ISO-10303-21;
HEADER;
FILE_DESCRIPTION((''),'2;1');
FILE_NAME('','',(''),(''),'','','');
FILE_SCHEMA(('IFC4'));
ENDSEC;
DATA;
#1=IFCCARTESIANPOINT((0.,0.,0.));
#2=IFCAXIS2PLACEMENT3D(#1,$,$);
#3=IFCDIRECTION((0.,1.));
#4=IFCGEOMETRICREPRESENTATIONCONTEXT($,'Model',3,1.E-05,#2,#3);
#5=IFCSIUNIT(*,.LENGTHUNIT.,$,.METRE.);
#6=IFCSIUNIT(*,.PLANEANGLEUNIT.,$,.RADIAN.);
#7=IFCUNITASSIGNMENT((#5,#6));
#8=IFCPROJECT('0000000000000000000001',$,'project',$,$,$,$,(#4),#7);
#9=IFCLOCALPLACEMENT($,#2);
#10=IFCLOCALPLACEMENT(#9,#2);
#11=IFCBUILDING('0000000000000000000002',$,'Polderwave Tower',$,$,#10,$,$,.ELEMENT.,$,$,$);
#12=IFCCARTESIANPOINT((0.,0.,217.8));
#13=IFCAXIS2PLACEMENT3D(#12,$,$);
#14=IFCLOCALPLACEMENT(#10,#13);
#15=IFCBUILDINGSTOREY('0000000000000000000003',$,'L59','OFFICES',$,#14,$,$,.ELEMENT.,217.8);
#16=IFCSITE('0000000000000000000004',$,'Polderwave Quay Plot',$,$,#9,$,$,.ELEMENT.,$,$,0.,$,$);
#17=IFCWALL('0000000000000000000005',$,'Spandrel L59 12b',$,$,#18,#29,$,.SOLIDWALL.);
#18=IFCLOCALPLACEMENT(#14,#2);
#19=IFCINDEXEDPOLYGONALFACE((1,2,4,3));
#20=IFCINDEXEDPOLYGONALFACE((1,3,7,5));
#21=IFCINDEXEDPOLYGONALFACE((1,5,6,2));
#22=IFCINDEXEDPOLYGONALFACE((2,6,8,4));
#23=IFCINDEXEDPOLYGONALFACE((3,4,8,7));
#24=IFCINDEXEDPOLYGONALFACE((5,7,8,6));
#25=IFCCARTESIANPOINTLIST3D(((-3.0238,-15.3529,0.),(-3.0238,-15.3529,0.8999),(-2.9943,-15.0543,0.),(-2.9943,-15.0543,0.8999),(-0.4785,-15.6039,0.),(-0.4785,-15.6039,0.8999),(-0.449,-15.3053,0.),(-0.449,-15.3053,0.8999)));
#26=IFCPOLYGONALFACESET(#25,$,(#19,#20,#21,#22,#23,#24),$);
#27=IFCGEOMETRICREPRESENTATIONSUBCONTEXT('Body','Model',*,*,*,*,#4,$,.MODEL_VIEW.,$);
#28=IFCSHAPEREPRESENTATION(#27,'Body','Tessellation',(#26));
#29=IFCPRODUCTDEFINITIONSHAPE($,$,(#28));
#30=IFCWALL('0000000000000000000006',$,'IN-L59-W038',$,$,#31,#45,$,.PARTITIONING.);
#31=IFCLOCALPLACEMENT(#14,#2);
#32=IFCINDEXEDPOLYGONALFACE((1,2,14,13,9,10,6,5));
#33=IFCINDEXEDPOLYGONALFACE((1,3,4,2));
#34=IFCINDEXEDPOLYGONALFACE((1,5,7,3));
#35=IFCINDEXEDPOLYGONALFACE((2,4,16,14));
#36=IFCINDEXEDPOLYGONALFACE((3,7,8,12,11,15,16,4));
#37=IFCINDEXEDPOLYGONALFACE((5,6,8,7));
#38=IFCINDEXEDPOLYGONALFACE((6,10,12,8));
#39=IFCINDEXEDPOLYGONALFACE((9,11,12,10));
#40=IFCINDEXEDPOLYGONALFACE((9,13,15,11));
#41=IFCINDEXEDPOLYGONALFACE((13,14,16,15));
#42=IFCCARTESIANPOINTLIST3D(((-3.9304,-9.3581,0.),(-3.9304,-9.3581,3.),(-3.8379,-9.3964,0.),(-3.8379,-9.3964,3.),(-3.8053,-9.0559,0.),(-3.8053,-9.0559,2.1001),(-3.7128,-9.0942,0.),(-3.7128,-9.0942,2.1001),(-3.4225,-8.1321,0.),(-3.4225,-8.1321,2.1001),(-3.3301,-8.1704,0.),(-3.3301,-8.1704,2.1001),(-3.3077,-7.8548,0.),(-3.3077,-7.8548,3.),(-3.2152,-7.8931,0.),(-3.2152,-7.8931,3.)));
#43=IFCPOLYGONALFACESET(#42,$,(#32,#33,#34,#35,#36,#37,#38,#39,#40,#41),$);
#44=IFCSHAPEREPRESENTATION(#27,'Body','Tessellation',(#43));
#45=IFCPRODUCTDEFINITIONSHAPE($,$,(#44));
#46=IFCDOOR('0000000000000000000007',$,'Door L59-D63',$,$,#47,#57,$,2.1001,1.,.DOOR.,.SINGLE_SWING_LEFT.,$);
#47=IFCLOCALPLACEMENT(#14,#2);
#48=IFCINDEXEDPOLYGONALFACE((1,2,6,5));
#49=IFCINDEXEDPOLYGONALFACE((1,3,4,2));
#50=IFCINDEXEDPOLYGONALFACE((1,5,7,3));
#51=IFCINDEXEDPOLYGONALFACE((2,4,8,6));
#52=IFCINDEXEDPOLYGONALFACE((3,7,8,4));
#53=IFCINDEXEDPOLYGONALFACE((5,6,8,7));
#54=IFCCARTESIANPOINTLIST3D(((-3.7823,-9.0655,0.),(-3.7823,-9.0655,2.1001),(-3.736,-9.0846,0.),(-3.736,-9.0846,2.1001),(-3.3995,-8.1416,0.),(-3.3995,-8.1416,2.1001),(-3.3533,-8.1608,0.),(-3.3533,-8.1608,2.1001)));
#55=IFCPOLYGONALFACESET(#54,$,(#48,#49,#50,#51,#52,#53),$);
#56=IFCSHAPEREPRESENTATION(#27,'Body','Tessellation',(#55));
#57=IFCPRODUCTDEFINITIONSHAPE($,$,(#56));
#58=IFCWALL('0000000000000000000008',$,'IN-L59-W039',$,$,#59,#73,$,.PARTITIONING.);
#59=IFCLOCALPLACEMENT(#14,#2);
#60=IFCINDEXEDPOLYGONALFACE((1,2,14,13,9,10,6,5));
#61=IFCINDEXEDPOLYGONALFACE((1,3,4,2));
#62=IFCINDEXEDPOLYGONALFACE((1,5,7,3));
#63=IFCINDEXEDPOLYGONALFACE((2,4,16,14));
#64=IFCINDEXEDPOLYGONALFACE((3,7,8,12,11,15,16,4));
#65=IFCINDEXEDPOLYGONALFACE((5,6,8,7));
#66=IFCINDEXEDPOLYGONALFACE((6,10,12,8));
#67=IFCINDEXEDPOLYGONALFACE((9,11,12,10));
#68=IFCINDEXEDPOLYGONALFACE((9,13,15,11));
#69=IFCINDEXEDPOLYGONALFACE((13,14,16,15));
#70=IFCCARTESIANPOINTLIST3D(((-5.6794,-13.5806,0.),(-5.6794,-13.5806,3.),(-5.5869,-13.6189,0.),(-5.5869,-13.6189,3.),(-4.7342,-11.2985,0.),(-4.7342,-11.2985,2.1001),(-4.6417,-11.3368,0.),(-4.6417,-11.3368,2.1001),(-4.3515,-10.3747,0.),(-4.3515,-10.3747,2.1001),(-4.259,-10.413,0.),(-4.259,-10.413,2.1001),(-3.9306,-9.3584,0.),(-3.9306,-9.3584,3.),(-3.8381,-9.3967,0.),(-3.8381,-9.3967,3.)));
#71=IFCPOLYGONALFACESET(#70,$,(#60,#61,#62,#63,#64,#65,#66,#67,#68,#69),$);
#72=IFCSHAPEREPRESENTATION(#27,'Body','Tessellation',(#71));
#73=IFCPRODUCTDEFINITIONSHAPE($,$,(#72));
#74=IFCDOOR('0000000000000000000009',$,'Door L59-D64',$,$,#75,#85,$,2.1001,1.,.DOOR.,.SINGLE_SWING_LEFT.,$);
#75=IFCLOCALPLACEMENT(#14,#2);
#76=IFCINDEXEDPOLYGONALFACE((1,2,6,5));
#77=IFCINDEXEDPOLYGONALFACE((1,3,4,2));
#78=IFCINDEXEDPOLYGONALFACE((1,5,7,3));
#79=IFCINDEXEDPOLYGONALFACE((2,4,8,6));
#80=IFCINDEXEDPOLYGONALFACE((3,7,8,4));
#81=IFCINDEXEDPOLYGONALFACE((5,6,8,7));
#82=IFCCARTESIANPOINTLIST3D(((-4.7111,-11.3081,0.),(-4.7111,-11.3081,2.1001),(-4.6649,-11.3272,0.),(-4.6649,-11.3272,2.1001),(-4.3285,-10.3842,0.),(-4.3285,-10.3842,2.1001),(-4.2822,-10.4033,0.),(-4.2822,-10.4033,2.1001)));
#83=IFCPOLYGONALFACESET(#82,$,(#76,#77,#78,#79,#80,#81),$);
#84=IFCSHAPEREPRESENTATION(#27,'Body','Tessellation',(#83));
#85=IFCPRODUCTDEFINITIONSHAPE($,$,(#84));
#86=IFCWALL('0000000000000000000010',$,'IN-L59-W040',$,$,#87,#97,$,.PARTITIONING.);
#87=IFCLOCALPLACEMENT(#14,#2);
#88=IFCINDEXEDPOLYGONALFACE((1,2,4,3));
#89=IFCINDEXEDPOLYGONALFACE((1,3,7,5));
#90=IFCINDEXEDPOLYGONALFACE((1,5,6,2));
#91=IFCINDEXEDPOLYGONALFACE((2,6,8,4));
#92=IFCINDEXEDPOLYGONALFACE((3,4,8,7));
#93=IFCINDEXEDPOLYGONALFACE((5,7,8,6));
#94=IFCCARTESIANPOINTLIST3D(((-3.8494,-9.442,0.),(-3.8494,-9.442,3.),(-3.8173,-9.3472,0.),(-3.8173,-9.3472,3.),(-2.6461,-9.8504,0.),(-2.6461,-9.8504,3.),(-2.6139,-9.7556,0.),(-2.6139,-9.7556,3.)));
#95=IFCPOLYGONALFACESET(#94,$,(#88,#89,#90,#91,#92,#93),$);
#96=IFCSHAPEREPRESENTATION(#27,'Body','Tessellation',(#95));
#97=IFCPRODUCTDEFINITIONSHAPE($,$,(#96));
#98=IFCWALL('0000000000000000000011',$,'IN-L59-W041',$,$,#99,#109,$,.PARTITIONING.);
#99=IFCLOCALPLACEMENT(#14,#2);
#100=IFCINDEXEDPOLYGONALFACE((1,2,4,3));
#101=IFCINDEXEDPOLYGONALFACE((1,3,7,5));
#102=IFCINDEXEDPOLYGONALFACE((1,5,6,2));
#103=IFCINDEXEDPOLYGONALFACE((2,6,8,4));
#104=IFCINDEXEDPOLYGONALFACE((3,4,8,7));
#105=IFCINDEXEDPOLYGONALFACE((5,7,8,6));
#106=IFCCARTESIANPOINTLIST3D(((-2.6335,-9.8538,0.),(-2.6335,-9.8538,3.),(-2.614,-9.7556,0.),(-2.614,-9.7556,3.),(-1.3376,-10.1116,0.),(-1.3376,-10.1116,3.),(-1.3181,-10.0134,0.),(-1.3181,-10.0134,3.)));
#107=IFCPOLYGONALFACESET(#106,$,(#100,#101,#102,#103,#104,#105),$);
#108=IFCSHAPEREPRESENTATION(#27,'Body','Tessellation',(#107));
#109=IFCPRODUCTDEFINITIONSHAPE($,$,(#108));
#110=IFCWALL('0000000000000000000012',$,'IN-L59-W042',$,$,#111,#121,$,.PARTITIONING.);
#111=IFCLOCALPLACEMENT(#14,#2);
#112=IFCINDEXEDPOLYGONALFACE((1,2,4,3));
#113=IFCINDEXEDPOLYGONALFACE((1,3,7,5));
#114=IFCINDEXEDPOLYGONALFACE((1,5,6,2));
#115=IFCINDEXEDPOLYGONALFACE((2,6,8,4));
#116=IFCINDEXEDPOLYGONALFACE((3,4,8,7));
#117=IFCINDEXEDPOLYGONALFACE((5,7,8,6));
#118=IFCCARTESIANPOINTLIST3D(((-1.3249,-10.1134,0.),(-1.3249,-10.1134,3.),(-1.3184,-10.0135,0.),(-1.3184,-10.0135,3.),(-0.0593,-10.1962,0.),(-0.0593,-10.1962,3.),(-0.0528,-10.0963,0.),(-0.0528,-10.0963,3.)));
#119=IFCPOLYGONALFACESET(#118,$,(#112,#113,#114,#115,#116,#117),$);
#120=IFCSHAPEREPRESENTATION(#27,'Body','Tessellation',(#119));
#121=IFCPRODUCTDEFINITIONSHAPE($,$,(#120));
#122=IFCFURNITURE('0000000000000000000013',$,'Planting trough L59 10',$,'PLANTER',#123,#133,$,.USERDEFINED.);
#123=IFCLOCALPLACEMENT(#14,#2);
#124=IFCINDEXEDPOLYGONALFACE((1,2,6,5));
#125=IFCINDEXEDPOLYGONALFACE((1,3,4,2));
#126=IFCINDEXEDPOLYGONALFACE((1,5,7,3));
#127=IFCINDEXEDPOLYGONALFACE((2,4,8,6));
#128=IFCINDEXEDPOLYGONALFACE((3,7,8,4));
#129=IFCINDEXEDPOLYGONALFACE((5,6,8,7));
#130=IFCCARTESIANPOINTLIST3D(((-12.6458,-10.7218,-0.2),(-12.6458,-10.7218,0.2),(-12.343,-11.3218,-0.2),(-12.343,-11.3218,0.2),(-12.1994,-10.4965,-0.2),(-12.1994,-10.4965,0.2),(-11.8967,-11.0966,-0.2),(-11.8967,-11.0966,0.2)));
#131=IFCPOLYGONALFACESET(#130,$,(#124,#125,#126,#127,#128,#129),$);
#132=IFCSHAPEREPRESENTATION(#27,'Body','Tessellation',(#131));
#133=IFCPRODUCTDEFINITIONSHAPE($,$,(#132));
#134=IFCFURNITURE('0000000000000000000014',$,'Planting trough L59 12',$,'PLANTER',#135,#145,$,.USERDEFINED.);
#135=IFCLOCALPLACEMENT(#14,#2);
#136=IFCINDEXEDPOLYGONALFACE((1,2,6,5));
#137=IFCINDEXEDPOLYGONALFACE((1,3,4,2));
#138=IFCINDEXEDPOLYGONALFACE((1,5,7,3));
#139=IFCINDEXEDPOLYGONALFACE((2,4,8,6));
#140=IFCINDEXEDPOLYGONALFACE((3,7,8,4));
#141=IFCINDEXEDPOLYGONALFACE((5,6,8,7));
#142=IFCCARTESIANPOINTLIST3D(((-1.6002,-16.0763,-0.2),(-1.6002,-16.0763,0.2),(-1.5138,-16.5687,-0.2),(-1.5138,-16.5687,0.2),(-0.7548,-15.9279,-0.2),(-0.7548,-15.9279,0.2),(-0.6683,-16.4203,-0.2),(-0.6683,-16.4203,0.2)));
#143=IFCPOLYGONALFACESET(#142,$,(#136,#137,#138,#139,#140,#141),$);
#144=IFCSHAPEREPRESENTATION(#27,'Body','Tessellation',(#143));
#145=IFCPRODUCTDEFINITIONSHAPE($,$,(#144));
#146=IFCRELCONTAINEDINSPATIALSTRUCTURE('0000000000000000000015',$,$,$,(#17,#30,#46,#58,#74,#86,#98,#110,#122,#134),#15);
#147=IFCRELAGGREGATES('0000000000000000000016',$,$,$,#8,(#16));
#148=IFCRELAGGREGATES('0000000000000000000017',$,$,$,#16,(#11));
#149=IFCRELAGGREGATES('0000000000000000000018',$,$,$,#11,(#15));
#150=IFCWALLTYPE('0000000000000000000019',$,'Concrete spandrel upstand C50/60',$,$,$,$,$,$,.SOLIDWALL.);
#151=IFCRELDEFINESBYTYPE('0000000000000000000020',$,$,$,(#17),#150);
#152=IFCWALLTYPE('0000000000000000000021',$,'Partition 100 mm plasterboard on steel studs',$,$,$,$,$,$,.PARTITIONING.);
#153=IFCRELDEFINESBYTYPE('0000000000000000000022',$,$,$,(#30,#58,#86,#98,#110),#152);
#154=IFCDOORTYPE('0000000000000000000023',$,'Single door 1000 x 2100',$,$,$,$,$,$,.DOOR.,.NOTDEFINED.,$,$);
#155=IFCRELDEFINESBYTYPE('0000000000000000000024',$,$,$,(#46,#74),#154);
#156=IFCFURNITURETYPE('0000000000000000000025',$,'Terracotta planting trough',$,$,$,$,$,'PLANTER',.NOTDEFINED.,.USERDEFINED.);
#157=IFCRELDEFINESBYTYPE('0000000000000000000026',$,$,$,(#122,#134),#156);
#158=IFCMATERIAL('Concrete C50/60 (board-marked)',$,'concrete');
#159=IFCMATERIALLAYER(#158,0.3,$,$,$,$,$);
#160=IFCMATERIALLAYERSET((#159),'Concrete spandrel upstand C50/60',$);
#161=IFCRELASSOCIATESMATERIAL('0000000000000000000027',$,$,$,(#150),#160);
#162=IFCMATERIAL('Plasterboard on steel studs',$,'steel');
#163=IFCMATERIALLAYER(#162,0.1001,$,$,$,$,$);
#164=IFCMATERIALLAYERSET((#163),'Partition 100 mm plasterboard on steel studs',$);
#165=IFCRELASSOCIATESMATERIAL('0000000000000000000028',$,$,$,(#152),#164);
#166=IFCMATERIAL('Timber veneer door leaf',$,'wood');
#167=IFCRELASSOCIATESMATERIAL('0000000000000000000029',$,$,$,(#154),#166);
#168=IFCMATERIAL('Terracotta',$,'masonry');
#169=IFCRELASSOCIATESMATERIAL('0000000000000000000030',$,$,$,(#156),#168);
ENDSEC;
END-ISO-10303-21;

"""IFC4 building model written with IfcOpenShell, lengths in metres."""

from ifc_helpers import new_model, si_unit, direction, frame, frame_2d, origin, origin_2d, place, context, subcontext, project, spatial, rectangle, extrude, material, layer, layer_set, type_object, element, fill, save


model = new_model("IFC4")

# Units and contexts
model_context = context("Model", 3, precision=1e-05, world=origin(), true_north=direction((0.0, 1.0)))
body_context = subcontext(model_context, "Body", "Model", "MODEL_VIEW")
ifc_project = project(units=[si_unit("LENGTHUNIT", "METRE"), si_unit("PLANEANGLEUNIT", "RADIAN")], contexts=[model_context])

# Site, building, storey
site_placement = place(None, origin())
site = spatial("IfcSite", under=ifc_project, at=site_placement, Name="Polderwave Quay Plot", CompositionType="ELEMENT", RefElevation=0.0)
building_placement = place(site_placement, origin())
building = spatial("IfcBuilding", under=site, at=building_placement, Name="Polderwave Tower", CompositionType="ELEMENT")
storey_placement = place(building_placement, frame((0.0, 0.0, 217.8)))
storey = spatial("IfcBuildingStorey", under=building, at=storey_placement, Name="L59", Description="OFFICES", CompositionType="ELEMENT", Elevation=217.8)

# Wall
ifc_material_1 = material(Name="Concrete C50/60 (board-marked)", Category="concrete")
ifc_layer_1 = layer(ifc_material_1, 0.3)
ifc_layer_set_1 = layer_set([ifc_layer_1], Name="Concrete spandrel upstand C50/60")
wall_type_1 = type_object("IfcWallType", Name="Concrete spandrel upstand C50/60", PredefinedType="SOLIDWALL", material=ifc_layer_set_1)
wall_1_placement = place(storey_placement, frame((-3.009, -15.2036, 0.0), z_axis=(0.0, 0.0, 1.0), x_axis=(0.995173, -0.098133, 0.0)))
element("IfcWall", 1, at=wall_1_placement, inside=storey, type_object=wall_type_1, Name="Spandrel L59 12b", PredefinedType="SOLIDWALL", context=body_context, shape_type="SweptSolid", body=[
    extrude(rectangle(XDim=2.5576, YDim=0.3, at=frame_2d((1.2788, 0.0))), origin(), (0.0, 0.0, 1.0), 0.8999),
])

# Walls, openings, doors
ifc_material_2 = material(Name="Plasterboard on steel studs", Category="steel")
ifc_layer_2 = layer(ifc_material_2, 0.1001)
ifc_layer_set_2 = layer_set([ifc_layer_2], Name="Partition 100 mm plasterboard on steel studs")
wall_type_2 = type_object("IfcWallType", Name="Partition 100 mm plasterboard on steel studs", PredefinedType="PARTITIONING", material=ifc_layer_set_2)
wall_2_placement = place(storey_placement, frame((-3.2615, -7.874, 0.0), z_axis=(0.0, 0.0, 1.0), x_axis=(-0.382718, -0.923865, 0.0)))
wall_2 = element("IfcWall", 2, at=wall_2_placement, inside=storey, type_object=wall_type_2, Name="IN-L59-W038", PredefinedType="PARTITIONING", context=body_context, shape_type="SweptSolid", body=[
    extrude(rectangle(XDim=1.6272, YDim=0.1001, at=frame_2d((0.8135, 0.0))), origin(), (0.0, 0.0, 1.0), 3.0),
])
opening_1_placement = place(wall_2_placement, frame((0.3, 0.0, 0.0)))
opening_1 = element("IfcOpeningElement", 3, at=opening_1_placement, cuts=wall_2, PredefinedType="OPENING", context=body_context, shape_type="SweptSolid", body=[
    extrude(rectangle(XDim=1.0, YDim=2.1001, at=frame_2d((0.5, 1.05))), frame((0.0, 0.0601, 0.0), z_axis=(0.0, -1.0, 0.0), x_axis=(1.0, 0.0, 0.0)), (0.0, 0.0, 1.0), 0.1201),
])
ifc_material_3 = material(Name="Timber veneer door leaf", Category="wood")
door_type = type_object("IfcDoorType", Name="Single door 1000 x 2100", OperationType="NOTDEFINED", PredefinedType="DOOR", material=ifc_material_3)
door_1_placement = place(opening_1_placement, origin())
door_1 = element("IfcDoor", 4, at=door_1_placement, inside=storey, type_object=door_type, Name="Door L59-D63", OperationType="SINGLE_SWING_LEFT", OverallHeight=2.1001, OverallWidth=1.0, PredefinedType="DOOR", context=body_context, shape_type="SweptSolid", body=[
    extrude(rectangle(XDim=1.0, YDim=2.1001, at=frame_2d((0.5, 1.05))), frame((0.0, 0.0249, 0.0), z_axis=(0.0, -1.0, 0.0), x_axis=(1.0, 0.0, 0.0)), (0.0, 0.0, 1.0), 0.05),
])
fill(opening_1, door_1)
wall_3_placement = place(storey_placement, frame((-3.8843, -9.3774, 0.0), z_axis=(0.0, 0.0, 1.0), x_axis=(-0.382665, -0.923887, 0.0)))
wall_3 = element("IfcWall", 5, at=wall_3_placement, inside=storey, type_object=wall_type_2, Name="IN-L59-W039", PredefinedType="PARTITIONING", context=body_context, shape_type="SweptSolid", body=[
    extrude(rectangle(XDim=4.5701, YDim=0.1001, at=frame_2d((2.2852, 0.0))), origin(), (0.0, 0.0, 1.0), 3.0),
])
opening_2_placement = place(wall_3_placement, frame((1.1001, 0.0, 0.0)))
opening_2 = element("IfcOpeningElement", 6, at=opening_2_placement, cuts=wall_3, PredefinedType="OPENING", context=body_context, shape_type="SweptSolid", body=[
    extrude(rectangle(XDim=1.0, YDim=2.1001, at=frame_2d((0.5, 1.05))), frame((0.0, 0.0601, 0.0), z_axis=(0.0, -1.0, 0.0), x_axis=(1.0, 0.0, 0.0)), (0.0, 0.0, 1.0), 0.1201),
])
door_2_placement = place(opening_2_placement, origin())
door_2 = element("IfcDoor", 7, at=door_2_placement, inside=storey, type_object=door_type, Name="Door L59-D64", OperationType="SINGLE_SWING_LEFT", OverallHeight=2.1001, OverallWidth=1.0, PredefinedType="DOOR", context=body_context, shape_type="SweptSolid", body=[
    extrude(rectangle(XDim=1.0, YDim=2.1001, at=frame_2d((0.5, 1.05))), frame((0.0, 0.0249, 0.0), z_axis=(0.0, -1.0, 0.0), x_axis=(1.0, 0.0, 0.0)), (0.0, 0.0, 1.0), 0.05),
])
fill(opening_2, door_2)

# Walls
wall_4_placement = place(storey_placement, frame((-2.6301, -9.803, 0.0), z_axis=(0.0, 0.0, 1.0), x_axis=(-0.94694, 0.32141, 0.0)))
element("IfcWall", 8, at=wall_4_placement, inside=storey, type_object=wall_type_2, Name="IN-L59-W040", PredefinedType="PARTITIONING", context=body_context, shape_type="SweptSolid", body=[
    extrude(rectangle(XDim=1.2708, YDim=0.1001, at=frame_2d((0.6353, 0.0))), origin(), (0.0, 0.0, 1.0), 3.0),
])
wall_5_placement = place(storey_placement, frame((-1.3279, -10.0625, 0.0), z_axis=(0.0, 0.0, 1.0), x_axis=(-0.980779, 0.195121, 0.0)))
element("IfcWall", 9, at=wall_5_placement, inside=storey, type_object=wall_type_2, Name="IN-L59-W041", PredefinedType="PARTITIONING", context=body_context, shape_type="SweptSolid", body=[
    extrude(rectangle(XDim=1.3213, YDim=0.1001, at=frame_2d((0.6606, 0.0))), origin(), (0.0, 0.0, 1.0), 3.0),
])
wall_6_placement = place(storey_placement, frame((-0.0559, -10.1462, 0.0), z_axis=(0.0, 0.0, 1.0), x_axis=(-0.997869, 0.065254, 0.0)))
element("IfcWall", 10, at=wall_6_placement, inside=storey, type_object=wall_type_2, Name="IN-L59-W042", PredefinedType="PARTITIONING", context=body_context, shape_type="SweptSolid", body=[
    extrude(rectangle(XDim=1.2683, YDim=0.1001, at=frame_2d((0.6343, 0.0))), origin(), (0.0, 0.0, 1.0), 3.0),
])

# Furniture
ifc_material_4 = material(Name="Terracotta", Category="masonry")
furniture_type = type_object("IfcFurnitureType", Name="Terracotta planting trough", ElementType="PLANTER", AssemblyPlace="NOTDEFINED", PredefinedType="USERDEFINED", material=ifc_material_4)
furniture_1_placement = place(storey_placement, frame((-12.2712, -10.9092, -0.2), z_axis=(0.0, 0.0, 1.0), x_axis=(0.450479, -0.892787, 0.0)))
element("IfcFurniture", 11, at=furniture_1_placement, inside=storey, type_object=furniture_type, Name="Planting trough L59 10", ObjectType="PLANTER", PredefinedType="USERDEFINED", context=body_context, shape_type="SweptSolid", body=[
    extrude(rectangle(XDim=0.6721, YDim=0.5, at=origin_2d()), origin(), (0.0, 0.0, 1.0), 0.3999),
])
furniture_2_placement = place(storey_placement, frame((-1.1343, -16.2483, -0.2), z_axis=(0.0, 0.0, 1.0), x_axis=(0.984942, 0.172887, 0.0)))
element("IfcFurniture", 12, at=furniture_2_placement, inside=storey, type_object=furniture_type, Name="Planting trough L59 12", ObjectType="PLANTER", PredefinedType="USERDEFINED", context=body_context, shape_type="SweptSolid", body=[
    extrude(rectangle(XDim=0.8584, YDim=0.5, at=origin_2d()), origin(), (0.0, 0.0, 1.0), 0.3999),
])

save(model, "model.ifc")
